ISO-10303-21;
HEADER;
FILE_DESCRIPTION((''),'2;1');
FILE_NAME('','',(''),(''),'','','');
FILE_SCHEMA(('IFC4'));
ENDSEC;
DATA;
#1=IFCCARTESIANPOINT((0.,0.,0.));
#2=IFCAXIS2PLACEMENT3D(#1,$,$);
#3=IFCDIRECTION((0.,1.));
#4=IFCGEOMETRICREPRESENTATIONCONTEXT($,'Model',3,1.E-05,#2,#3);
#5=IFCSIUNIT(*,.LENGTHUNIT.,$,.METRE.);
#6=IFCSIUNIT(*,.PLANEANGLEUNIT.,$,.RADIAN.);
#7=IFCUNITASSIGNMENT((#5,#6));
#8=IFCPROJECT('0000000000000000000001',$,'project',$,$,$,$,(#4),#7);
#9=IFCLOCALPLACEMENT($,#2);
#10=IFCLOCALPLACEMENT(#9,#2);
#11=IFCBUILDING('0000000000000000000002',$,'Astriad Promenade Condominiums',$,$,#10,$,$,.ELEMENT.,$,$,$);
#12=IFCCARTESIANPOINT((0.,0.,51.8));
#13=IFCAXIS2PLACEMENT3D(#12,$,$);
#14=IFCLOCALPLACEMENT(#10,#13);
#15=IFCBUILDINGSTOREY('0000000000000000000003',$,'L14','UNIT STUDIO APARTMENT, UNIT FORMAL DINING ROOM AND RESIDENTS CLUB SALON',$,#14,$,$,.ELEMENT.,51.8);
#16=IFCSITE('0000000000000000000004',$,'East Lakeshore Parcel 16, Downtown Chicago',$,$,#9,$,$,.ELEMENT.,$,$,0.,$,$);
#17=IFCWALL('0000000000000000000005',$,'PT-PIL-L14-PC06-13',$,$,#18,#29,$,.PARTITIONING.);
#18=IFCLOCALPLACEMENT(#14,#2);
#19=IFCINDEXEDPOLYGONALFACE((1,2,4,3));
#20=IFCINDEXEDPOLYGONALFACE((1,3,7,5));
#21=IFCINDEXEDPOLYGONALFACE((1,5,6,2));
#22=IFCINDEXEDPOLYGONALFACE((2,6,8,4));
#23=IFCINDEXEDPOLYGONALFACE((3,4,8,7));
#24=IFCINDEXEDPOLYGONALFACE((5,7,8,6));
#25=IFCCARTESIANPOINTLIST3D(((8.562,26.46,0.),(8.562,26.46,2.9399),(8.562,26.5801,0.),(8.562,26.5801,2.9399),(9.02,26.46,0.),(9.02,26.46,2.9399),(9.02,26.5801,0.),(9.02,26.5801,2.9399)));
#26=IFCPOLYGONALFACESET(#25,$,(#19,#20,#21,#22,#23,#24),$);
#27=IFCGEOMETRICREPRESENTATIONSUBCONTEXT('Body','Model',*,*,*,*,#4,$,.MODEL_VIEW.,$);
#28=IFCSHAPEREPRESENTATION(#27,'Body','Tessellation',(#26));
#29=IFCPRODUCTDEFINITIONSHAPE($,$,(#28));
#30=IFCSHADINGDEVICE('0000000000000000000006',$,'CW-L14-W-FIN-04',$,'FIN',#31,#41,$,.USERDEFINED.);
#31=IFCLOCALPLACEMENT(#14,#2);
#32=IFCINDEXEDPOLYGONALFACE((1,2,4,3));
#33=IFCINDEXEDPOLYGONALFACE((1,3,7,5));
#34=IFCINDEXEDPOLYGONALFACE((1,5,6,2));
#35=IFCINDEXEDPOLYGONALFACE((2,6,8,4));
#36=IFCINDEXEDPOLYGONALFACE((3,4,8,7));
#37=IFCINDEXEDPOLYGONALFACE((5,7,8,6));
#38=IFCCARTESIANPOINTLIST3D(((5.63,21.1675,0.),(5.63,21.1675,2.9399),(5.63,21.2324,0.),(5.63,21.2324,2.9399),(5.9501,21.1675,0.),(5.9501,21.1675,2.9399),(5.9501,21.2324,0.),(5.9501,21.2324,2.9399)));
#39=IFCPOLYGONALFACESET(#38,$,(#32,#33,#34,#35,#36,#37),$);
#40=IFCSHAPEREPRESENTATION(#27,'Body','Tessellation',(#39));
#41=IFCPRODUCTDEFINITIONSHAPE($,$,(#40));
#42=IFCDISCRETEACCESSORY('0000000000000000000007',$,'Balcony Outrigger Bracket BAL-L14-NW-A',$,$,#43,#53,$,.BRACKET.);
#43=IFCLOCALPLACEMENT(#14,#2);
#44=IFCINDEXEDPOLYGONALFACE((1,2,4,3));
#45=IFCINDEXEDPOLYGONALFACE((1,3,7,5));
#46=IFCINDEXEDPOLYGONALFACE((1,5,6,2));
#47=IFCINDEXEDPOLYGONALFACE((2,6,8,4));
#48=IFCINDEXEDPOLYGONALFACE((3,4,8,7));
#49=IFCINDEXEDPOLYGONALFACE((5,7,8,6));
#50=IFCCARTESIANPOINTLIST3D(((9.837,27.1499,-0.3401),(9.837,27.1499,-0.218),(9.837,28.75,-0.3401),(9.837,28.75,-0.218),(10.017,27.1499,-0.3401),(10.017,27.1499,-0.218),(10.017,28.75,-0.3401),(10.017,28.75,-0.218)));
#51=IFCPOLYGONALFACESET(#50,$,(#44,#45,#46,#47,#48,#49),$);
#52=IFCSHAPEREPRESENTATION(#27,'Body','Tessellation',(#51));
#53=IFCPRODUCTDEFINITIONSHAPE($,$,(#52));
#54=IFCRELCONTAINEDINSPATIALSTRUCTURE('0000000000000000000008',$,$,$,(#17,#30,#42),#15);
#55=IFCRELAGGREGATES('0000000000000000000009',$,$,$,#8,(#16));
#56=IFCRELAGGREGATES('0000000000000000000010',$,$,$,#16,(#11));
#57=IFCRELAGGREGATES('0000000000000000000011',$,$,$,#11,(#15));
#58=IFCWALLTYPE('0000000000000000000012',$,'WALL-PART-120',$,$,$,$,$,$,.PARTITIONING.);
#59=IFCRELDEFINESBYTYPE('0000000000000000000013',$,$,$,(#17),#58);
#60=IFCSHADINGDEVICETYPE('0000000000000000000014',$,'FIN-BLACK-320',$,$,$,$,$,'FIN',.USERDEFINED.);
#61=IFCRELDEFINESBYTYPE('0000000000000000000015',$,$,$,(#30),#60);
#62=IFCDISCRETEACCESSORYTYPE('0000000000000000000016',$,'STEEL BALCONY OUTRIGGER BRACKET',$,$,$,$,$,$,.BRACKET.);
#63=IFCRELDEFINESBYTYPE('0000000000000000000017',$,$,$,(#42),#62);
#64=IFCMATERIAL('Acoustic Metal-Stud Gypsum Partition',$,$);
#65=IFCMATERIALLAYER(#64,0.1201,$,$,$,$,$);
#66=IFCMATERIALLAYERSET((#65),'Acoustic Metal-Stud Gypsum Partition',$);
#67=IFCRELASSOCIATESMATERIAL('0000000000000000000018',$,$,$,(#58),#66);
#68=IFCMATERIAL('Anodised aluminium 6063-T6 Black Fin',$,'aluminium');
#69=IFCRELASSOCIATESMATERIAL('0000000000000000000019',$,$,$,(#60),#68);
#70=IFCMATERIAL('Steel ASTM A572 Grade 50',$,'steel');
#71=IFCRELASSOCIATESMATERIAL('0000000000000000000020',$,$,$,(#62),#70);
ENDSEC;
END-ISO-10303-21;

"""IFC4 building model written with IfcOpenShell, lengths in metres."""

from ifc_helpers import new_model, si_unit, direction, frame, frame_2d, origin, origin_2d, place, context, subcontext, project, spatial, rectangle, extrude, source, transform, mapped, material, layer, layer_set, type_object, type_shapes, element, save


model = new_model("IFC4")

# Units and contexts
model_context = context("Model", 3, precision=1e-05, world=origin(), true_north=direction((0.0, 1.0)))
body_context = subcontext(model_context, "Body", "Model", "MODEL_VIEW")
ifc_project = project(units=[si_unit("LENGTHUNIT", "METRE"), si_unit("PLANEANGLEUNIT", "RADIAN")], contexts=[model_context])

# Site, building, storey
site_placement = place(None, origin())
site = spatial("IfcSite", under=ifc_project, at=site_placement, Name="East Lakeshore Parcel 16, Downtown Chicago", CompositionType="ELEMENT", RefElevation=0.0)
building_placement = place(site_placement, origin())
building = spatial("IfcBuilding", under=site, at=building_placement, Name="Astriad Promenade Condominiums", CompositionType="ELEMENT")
storey_placement = place(building_placement, frame((0.0, 0.0, 51.8)))
storey = spatial("IfcBuildingStorey", under=building, at=storey_placement, Name="L14", Description="UNIT STUDIO APARTMENT, UNIT FORMAL DINING ROOM AND RESIDENTS CLUB SALON", CompositionType="ELEMENT", Elevation=51.8)

# Shared definitions
ifc_material_1 = material(Name="Acoustic Metal-Stud Gypsum Partition")
ifc_layer_1 = layer(ifc_material_1, 0.1201)
ifc_layer_set_1 = layer_set([ifc_layer_1], Name="Acoustic Metal-Stud Gypsum Partition")
wall_type_1 = type_object("IfcWallType", Name="WALL-PART-120", PredefinedType="PARTITIONING", material=ifc_layer_set_1)

# Wall
wall_1_placement = place(storey_placement, frame((9.02, 26.52, 0.0), z_axis=(0.0, 0.0, 1.0), x_axis=(-1.0, 0.0, 0.0)))
element("IfcWall", 1, at=wall_1_placement, inside=storey, type_object=wall_type_1, Name="PT-PIL-L14-PC06-13", PredefinedType="PARTITIONING", context=body_context, shape_type="SweptSolid", body=[
    extrude(rectangle(XDim=0.458, YDim=0.1201, at=frame_2d((0.229, 0.0))), origin(), (0.0, 0.0, 1.0), 2.9399),
])

# Shading device
ifc_material_2 = material(Name="Anodised aluminium 6063-T6 Black Fin", Category="aluminium")
shading_device_type = type_object("IfcShadingDeviceType", Name="FIN-BLACK-320", ElementType="FIN", PredefinedType="USERDEFINED", material=ifc_material_2)
shared_shape_1 = source(origin(), body_context, "Body", "SweptSolid", [
    extrude(rectangle(XDim=0.0649, YDim=0.3201, at=origin_2d()), origin(), (0.0, 0.0, 1.0), 2.9399),
])
type_shapes(shading_device_type, [shared_shape_1])
shading_device_placement = place(storey_placement, frame((5.79, 21.2, 0.0), z_axis=(0.0, 0.0, 1.0), x_axis=(0.0, 1.0, 0.0)))
element("IfcShadingDevice", 2, at=shading_device_placement, inside=storey, type_object=shading_device_type, Name="CW-L14-W-FIN-04", ObjectType="FIN", PredefinedType="USERDEFINED", context=body_context, shape_type="MappedRepresentation", body=[
    mapped(shared_shape_1, transform((0.0, 0.0, 0.0), scale=1.0)),
])

# Discrete accessory
ifc_material_3 = material(Name="Steel ASTM A572 Grade 50", Category="steel")
discrete_accessory_type = type_object("IfcDiscreteAccessoryType", Name="STEEL BALCONY OUTRIGGER BRACKET", PredefinedType="BRACKET", material=ifc_material_3)
shared_shape_2 = source(origin(), body_context, "Body", "SweptSolid", [
    extrude(rectangle(XDim=1.6001, YDim=0.1799, at=origin_2d()), origin(), (0.0, 0.0, 1.0), 0.1221),
])
type_shapes(discrete_accessory_type, [shared_shape_2])
discrete_accessory_placement = place(storey_placement, frame((9.927, 27.95, -0.3401), z_axis=(0.0, 0.0, 1.0), x_axis=(0.0, 1.0, 0.0)))
element("IfcDiscreteAccessory", 3, at=discrete_accessory_placement, inside=storey, type_object=discrete_accessory_type, Name="Balcony Outrigger Bracket BAL-L14-NW-A", PredefinedType="BRACKET", context=body_context, shape_type="MappedRepresentation", body=[
    mapped(shared_shape_2, transform((0.0, 0.0, 0.0), scale=1.0)),
])

save(model, "model.ifc")
